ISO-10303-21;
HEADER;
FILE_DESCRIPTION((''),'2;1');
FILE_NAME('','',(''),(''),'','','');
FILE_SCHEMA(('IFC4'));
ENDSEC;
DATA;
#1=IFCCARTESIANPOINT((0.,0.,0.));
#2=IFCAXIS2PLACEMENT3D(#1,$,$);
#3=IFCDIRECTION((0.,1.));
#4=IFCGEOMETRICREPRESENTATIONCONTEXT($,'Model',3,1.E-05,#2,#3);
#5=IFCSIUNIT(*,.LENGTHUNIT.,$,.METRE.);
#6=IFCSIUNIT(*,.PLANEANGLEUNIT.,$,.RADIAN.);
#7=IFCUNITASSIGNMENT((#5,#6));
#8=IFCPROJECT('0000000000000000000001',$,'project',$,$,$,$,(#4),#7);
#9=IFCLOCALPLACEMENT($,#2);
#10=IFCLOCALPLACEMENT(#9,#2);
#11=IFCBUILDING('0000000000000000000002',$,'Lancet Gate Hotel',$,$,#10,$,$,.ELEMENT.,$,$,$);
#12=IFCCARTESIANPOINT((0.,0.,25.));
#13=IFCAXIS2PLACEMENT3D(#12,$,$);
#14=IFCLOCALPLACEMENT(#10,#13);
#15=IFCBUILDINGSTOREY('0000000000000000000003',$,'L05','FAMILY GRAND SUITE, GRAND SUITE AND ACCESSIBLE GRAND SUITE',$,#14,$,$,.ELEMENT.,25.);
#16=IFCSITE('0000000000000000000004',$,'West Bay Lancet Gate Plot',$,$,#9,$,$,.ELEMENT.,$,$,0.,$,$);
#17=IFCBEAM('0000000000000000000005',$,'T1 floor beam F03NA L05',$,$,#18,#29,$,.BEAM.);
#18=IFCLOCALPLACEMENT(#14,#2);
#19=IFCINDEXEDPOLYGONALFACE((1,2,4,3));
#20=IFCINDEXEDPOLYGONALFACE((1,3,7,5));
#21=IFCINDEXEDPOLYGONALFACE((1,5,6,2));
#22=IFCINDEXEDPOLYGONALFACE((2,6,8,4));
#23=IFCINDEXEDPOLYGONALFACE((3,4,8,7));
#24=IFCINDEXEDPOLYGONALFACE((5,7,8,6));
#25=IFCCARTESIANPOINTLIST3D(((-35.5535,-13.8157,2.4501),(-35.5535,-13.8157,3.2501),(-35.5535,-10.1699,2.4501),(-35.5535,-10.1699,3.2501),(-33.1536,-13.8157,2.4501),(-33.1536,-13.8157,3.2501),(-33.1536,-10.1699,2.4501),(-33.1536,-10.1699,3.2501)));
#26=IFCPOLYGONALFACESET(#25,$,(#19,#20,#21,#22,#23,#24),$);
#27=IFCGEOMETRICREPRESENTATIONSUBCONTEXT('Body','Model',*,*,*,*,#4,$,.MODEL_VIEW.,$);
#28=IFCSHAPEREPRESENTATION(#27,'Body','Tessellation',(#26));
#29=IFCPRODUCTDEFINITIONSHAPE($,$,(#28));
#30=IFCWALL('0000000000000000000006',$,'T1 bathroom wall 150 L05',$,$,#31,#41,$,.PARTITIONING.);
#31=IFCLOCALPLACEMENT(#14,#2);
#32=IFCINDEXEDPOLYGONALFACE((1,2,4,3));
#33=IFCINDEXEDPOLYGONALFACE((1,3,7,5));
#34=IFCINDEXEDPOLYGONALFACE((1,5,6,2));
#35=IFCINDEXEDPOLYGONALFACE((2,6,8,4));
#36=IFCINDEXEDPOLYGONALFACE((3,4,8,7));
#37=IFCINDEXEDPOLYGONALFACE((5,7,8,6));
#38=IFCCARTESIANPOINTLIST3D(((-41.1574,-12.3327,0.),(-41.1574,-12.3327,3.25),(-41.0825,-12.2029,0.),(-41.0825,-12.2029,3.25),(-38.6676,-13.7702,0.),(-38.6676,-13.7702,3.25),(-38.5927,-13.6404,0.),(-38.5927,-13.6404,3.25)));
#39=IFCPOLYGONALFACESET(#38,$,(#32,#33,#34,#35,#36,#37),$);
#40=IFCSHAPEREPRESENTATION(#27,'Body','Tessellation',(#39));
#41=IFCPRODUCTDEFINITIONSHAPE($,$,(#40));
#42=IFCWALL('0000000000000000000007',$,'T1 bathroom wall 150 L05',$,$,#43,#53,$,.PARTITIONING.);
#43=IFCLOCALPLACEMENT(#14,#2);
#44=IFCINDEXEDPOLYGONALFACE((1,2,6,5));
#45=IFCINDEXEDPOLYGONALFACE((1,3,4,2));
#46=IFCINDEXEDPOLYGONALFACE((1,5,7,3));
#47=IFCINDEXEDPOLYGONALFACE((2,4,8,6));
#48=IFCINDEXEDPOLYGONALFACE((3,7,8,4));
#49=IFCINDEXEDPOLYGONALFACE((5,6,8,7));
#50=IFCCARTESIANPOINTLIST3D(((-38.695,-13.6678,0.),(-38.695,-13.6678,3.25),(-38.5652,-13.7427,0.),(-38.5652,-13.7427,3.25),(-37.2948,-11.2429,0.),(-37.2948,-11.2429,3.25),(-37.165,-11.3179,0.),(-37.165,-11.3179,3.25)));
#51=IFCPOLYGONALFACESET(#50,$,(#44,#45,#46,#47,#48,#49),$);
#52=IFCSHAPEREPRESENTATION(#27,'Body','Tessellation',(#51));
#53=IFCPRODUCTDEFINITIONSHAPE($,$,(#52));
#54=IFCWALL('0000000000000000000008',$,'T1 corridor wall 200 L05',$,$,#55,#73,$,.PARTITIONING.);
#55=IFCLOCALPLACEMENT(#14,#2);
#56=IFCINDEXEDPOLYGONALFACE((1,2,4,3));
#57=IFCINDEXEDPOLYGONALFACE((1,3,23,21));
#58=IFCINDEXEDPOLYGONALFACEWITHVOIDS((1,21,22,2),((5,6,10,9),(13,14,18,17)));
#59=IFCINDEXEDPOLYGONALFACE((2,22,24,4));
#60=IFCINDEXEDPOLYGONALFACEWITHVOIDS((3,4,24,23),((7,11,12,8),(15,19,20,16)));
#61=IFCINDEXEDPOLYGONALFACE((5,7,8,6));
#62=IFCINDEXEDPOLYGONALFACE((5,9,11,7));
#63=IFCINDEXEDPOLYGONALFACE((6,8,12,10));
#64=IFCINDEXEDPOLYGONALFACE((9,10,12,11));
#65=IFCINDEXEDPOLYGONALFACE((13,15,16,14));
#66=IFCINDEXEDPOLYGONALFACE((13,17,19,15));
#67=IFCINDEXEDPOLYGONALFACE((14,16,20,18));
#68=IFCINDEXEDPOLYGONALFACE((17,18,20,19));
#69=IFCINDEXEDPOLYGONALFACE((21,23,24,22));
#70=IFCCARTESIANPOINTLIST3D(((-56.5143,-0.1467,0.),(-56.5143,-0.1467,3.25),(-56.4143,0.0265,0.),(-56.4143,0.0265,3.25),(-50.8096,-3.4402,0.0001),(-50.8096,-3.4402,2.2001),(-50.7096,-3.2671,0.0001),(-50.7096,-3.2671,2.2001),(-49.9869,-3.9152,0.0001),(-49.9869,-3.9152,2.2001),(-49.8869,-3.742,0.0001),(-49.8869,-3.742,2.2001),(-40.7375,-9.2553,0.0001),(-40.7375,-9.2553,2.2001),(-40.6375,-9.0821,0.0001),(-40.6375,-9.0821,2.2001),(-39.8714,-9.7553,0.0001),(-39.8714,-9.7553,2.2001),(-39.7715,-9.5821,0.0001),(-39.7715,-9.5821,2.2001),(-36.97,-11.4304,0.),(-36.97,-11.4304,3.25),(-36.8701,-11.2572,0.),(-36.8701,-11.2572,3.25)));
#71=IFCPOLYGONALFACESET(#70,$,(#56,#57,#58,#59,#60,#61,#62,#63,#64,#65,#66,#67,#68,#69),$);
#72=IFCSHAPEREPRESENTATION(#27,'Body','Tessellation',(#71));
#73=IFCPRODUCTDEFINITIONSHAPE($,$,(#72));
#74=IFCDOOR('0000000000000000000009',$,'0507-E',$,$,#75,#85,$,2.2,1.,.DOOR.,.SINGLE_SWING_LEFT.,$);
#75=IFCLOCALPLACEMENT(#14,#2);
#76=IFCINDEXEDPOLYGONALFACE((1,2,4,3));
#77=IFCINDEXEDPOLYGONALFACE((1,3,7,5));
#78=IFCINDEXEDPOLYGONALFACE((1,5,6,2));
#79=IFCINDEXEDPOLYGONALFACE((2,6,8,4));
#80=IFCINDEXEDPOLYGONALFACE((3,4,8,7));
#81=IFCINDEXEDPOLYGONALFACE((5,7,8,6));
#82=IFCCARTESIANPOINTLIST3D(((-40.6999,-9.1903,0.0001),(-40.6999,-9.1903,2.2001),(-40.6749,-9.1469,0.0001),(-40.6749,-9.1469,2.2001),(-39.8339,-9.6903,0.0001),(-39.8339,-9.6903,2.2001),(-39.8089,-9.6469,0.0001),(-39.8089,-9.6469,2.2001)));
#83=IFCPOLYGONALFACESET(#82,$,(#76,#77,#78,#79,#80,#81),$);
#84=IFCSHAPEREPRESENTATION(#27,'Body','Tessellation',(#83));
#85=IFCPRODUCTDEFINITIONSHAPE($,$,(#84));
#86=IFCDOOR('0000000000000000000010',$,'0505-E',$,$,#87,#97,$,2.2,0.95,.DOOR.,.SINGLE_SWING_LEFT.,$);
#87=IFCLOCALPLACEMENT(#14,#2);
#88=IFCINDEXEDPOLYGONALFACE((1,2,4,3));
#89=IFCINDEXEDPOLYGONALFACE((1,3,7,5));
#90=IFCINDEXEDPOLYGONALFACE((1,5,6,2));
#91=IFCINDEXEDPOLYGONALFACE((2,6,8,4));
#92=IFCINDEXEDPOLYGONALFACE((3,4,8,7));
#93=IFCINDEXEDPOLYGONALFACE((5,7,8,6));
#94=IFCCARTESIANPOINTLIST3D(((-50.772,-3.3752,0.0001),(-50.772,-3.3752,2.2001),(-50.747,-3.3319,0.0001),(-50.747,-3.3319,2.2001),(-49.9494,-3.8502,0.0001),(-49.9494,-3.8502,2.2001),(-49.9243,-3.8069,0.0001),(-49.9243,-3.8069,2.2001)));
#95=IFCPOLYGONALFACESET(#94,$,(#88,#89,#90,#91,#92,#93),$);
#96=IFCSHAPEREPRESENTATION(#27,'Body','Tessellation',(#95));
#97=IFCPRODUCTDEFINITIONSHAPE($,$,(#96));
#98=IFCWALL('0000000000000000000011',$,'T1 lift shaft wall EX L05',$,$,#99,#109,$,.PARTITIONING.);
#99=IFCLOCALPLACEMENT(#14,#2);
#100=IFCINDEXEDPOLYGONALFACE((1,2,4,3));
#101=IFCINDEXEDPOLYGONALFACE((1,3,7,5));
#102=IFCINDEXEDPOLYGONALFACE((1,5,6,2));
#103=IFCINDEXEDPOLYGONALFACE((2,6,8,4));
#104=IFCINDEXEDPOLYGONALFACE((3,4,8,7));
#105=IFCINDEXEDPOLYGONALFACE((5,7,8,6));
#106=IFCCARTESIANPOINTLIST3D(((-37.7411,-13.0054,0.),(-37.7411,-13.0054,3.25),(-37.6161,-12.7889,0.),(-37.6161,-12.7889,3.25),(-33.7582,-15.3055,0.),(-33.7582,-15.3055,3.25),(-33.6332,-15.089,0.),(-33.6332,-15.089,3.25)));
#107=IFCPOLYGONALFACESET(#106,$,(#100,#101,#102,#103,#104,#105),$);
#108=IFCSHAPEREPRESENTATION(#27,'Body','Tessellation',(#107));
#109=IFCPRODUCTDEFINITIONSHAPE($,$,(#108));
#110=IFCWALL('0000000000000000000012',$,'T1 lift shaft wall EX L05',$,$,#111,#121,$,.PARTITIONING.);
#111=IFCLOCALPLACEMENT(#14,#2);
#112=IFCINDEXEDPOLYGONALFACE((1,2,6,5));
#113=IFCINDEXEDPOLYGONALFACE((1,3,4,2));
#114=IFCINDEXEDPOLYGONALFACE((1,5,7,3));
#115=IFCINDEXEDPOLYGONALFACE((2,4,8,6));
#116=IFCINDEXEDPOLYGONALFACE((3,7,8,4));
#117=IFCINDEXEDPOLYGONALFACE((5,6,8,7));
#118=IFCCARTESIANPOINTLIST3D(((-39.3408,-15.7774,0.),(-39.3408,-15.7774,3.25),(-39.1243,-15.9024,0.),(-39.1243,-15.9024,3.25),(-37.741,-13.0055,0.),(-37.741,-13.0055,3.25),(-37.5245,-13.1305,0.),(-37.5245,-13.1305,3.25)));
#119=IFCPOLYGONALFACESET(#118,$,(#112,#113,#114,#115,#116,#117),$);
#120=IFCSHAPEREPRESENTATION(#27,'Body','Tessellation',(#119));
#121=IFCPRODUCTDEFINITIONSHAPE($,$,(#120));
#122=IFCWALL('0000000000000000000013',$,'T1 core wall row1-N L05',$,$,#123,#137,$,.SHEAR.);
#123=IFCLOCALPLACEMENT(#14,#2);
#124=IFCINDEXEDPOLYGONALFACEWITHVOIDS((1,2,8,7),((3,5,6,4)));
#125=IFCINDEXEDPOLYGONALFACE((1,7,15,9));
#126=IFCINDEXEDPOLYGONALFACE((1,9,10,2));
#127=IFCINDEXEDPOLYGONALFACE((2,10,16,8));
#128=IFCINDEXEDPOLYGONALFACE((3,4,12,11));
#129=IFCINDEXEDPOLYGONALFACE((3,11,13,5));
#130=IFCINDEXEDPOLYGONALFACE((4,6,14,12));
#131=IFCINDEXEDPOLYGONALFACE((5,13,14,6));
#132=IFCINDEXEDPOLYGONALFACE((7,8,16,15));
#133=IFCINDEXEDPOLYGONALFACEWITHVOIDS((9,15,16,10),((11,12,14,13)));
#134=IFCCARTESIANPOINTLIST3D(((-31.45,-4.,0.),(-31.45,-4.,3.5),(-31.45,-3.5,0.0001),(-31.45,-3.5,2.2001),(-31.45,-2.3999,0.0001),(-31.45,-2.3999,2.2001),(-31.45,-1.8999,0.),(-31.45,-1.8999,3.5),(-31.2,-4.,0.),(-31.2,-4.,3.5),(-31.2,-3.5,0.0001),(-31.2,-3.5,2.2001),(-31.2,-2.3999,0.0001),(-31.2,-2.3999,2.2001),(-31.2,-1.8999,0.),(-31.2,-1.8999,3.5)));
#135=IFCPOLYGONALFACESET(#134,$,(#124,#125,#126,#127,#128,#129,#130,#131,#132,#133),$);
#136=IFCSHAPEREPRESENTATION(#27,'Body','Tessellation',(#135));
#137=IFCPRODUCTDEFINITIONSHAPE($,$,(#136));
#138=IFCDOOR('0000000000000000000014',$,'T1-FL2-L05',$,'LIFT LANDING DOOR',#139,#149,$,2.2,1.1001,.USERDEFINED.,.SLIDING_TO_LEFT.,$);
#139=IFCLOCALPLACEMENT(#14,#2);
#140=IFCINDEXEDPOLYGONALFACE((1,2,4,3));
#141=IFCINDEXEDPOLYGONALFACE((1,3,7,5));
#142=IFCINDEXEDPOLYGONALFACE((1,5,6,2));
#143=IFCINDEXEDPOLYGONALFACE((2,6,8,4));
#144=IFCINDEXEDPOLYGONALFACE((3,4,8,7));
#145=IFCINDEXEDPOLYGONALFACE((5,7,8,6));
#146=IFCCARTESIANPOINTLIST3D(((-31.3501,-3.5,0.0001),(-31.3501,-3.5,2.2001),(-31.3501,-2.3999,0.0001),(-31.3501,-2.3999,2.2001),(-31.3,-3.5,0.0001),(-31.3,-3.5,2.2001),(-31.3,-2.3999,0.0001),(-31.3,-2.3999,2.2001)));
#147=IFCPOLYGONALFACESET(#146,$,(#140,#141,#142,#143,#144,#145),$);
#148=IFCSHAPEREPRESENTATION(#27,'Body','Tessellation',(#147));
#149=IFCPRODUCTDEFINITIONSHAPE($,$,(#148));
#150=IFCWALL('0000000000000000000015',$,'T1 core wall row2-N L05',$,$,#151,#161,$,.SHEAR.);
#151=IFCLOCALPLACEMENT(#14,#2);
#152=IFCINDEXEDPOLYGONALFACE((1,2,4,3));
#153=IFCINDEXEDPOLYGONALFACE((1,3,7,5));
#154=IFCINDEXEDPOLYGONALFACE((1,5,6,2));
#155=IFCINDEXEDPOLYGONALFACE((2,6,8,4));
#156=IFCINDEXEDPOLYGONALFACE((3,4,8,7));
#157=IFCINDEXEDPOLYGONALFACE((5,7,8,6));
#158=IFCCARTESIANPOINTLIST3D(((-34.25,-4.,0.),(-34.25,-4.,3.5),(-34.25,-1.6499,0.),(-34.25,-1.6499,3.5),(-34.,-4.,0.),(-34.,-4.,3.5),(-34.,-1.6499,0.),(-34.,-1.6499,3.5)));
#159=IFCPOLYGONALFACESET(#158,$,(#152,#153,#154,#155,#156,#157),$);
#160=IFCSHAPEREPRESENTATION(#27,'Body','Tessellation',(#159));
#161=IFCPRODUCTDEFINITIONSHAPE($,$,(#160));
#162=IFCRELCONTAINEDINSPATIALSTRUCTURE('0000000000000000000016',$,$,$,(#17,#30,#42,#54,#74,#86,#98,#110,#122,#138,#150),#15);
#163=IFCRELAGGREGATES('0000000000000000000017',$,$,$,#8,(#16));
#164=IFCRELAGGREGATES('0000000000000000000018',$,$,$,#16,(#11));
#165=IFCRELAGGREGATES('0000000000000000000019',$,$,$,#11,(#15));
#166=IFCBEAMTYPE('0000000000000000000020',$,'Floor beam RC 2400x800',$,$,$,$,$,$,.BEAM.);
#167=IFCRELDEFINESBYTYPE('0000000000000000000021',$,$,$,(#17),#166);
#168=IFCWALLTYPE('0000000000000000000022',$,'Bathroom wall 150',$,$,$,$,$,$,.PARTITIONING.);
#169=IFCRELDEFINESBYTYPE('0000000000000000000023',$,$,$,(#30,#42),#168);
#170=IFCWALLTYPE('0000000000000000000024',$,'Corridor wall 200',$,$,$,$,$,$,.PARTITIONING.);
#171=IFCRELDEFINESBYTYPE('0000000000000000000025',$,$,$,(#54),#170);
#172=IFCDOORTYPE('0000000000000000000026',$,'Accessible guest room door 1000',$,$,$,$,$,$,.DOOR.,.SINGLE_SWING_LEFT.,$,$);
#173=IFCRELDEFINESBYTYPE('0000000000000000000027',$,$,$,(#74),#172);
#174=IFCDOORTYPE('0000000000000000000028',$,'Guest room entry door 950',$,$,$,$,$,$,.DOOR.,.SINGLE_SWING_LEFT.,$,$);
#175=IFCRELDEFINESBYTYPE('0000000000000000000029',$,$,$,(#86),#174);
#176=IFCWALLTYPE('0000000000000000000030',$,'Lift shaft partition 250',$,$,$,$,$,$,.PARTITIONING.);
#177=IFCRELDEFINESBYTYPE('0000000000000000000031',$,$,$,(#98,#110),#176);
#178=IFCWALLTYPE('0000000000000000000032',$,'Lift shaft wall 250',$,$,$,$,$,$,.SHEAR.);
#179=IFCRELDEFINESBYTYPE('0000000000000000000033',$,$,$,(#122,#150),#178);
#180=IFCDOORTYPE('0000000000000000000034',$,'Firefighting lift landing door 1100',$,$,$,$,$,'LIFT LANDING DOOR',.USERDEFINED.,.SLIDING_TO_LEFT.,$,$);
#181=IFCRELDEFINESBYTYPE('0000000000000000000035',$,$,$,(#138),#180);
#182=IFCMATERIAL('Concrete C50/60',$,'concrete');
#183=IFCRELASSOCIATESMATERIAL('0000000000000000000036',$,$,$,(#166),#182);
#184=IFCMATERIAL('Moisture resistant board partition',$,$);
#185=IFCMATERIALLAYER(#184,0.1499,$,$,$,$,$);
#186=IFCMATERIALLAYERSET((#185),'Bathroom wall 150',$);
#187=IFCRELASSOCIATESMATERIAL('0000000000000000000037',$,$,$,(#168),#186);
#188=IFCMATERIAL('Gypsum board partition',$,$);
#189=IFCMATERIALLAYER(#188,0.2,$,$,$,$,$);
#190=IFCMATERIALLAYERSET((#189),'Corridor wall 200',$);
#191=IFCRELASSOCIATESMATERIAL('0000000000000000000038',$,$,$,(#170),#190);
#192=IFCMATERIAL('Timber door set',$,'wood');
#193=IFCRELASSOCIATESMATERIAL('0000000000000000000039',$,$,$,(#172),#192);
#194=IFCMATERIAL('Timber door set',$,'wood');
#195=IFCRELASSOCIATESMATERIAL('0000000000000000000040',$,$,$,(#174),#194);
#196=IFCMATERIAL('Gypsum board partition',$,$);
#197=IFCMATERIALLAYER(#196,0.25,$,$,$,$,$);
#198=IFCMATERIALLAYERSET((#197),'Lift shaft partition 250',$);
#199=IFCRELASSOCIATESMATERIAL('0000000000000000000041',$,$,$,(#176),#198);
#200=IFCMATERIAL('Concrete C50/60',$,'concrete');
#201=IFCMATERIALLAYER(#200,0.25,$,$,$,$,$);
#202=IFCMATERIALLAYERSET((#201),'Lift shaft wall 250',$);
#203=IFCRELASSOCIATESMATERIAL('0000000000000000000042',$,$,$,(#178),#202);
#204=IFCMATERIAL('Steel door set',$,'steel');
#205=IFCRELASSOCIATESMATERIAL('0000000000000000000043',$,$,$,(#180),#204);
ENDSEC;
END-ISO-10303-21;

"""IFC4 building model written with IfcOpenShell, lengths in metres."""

from ifc_helpers import new_model, si_unit, direction, frame, frame_2d, origin, origin_2d, place, context, subcontext, project, spatial, rectangle, extrude, material, layer, layer_set, material_profile, profile_set, type_object, element, fill, save


model = new_model("IFC4")

# Units and contexts
model_context = context("Model", 3, precision=1e-05, world=origin(), true_north=direction((0.0, 1.0)))
body_context = subcontext(model_context, "Body", "Model", "MODEL_VIEW")
ifc_project = project(units=[si_unit("LENGTHUNIT", "METRE"), si_unit("PLANEANGLEUNIT", "RADIAN")], contexts=[model_context])

# Site, building, storey
site_placement = place(None, origin())
site = spatial("IfcSite", under=ifc_project, at=site_placement, Name="West Bay Lancet Gate Plot", CompositionType="ELEMENT", RefElevation=0.0)
building_placement = place(site_placement, origin())
building = spatial("IfcBuilding", under=site, at=building_placement, Name="Lancet Gate Hotel", CompositionType="ELEMENT")
storey_placement = place(building_placement, frame((0.0, 0.0, 25.0)))
storey = spatial("IfcBuildingStorey", under=building, at=storey_placement, Name="L05", Description="FAMILY GRAND SUITE, GRAND SUITE AND ACCESSIBLE GRAND SUITE", CompositionType="ELEMENT", Elevation=25.0)

# Beam
ifc_material_1 = material(Name="Concrete C50/60", Category="concrete")
ifc_material_profile = material_profile(ifc_material_1, rectangle(XDim=2.3999, YDim=0.8, at=origin_2d()), Name="RC 2400x800")
ifc_profile_set = profile_set([ifc_material_profile], Name="Concrete C50/60")
beam_type = type_object("IfcBeamType", Name="Floor beam RC 2400x800", PredefinedType="BEAM", material=ifc_profile_set)
beam_placement = place(storey_placement, frame((-34.3535, -10.1699, 2.8501), z_axis=(0.0, -1.0, 0.0), x_axis=(1.0, 0.0, 0.0)))
element("IfcBeam", 1, at=beam_placement, inside=storey, type_object=beam_type, Name="T1 floor beam F03NA L05", PredefinedType="BEAM", context=body_context, shape_type="SweptSolid", body=[
    extrude(rectangle(XDim=2.3999, YDim=0.8, at=origin_2d()), origin(), (0.0, 0.0, 1.0), 3.6458),
])

# Walls
ifc_material_2 = material(Name="Moisture resistant board partition")
ifc_layer_1 = layer(ifc_material_2, 0.1499)
ifc_layer_set_1 = layer_set([ifc_layer_1], Name="Bathroom wall 150")
wall_type_1 = type_object("IfcWallType", Name="Bathroom wall 150", PredefinedType="PARTITIONING", material=ifc_layer_set_1)
wall_1_placement = place(storey_placement, frame((-38.6301, -13.7053, 0.0), z_axis=(0.0, 0.0, 1.0), x_axis=(-0.866019, 0.500012, 0.0)))
element("IfcWall", 2, at=wall_1_placement, inside=storey, type_object=wall_type_1, Name="T1 bathroom wall 150 L05", PredefinedType="PARTITIONING", context=body_context, shape_type="SweptSolid", body=[
    extrude(rectangle(XDim=2.875, YDim=0.1499, at=frame_2d((1.4375, 0.0))), origin(), (0.0, 0.0, 1.0), 3.25),
])
wall_2_placement = place(storey_placement, frame((-37.23, -11.2805, 0.0), z_axis=(0.0, 0.0, 1.0), x_axis=(-0.50005, -0.865997, 0.0)))
element("IfcWall", 3, at=wall_2_placement, inside=storey, type_object=wall_type_1, Name="T1 bathroom wall 150 L05", PredefinedType="PARTITIONING", context=body_context, shape_type="SweptSolid", body=[
    extrude(rectangle(XDim=2.8, YDim=0.1499, at=frame_2d((1.3999, 0.0))), origin(), (0.0, 0.0, 1.0), 3.25),
])

# Wall, openings, doors
ifc_material_3 = material(Name="Gypsum board partition")
ifc_layer_2 = layer(ifc_material_3, 0.2)
ifc_layer_set_2 = layer_set([ifc_layer_2], Name="Corridor wall 200")
wall_type_2 = type_object("IfcWallType", Name="Corridor wall 200", PredefinedType="PARTITIONING", material=ifc_layer_set_2)
wall_3_placement = place(storey_placement, frame((-36.9202, -11.3438, 0.0), z_axis=(0.0, 0.0, 1.0), x_axis=(-0.866028, 0.499995, 0.0)))
wall_3 = element("IfcWall", 4, at=wall_3_placement, inside=storey, type_object=wall_type_2, Name="T1 corridor wall 200 L05", PredefinedType="PARTITIONING", context=body_context, shape_type="SweptSolid", body=[
    extrude(rectangle(XDim=22.5676, YDim=0.2, at=frame_2d((11.2837, 0.0))), origin(), (0.0, 0.0, 1.0), 3.25),
])
opening_1_placement = place(wall_3_placement, frame((15.0303, 0.0, 0.0)))
opening_1 = element("IfcOpeningElement", 5, at=opening_1_placement, cuts=wall_3, PredefinedType="OPENING", context=body_context, shape_type="SweptSolid", body=[
    extrude(rectangle(XDim=0.95, YDim=2.2, at=frame_2d((0.4751, 1.1001))), frame((0.0, 0.1099, 0.0), z_axis=(0.0, -1.0, 0.0), x_axis=(1.0, 0.0, 0.0)), (0.0, 0.0, 1.0), 0.22),
])
opening_2_placement = place(wall_3_placement, frame((3.3501, 0.0, 0.0)))
opening_2 = element("IfcOpeningElement", 6, at=opening_2_placement, cuts=wall_3, PredefinedType="OPENING", context=body_context, shape_type="SweptSolid", body=[
    extrude(rectangle(XDim=1.0, YDim=2.2, at=frame_2d((0.5, 1.1001))), frame((0.0, 0.1099, 0.0), z_axis=(0.0, -1.0, 0.0), x_axis=(1.0, 0.0, 0.0)), (0.0, 0.0, 1.0), 0.22),
])
ifc_material_4 = material(Name="Timber door set", Category="wood")
door_type_1 = type_object("IfcDoorType", Name="Accessible guest room door 1000", OperationType="SINGLE_SWING_LEFT", PredefinedType="DOOR", material=ifc_material_4)
door_1_placement = place(opening_2_placement, origin())
door_1 = element("IfcDoor", 7, at=door_1_placement, inside=storey, type_object=door_type_1, Name="0507-E", OperationType="SINGLE_SWING_LEFT", OverallHeight=2.2, OverallWidth=1.0, PredefinedType="DOOR", context=body_context, shape_type="SweptSolid", body=[
    extrude(rectangle(XDim=1.0, YDim=2.2, at=frame_2d((0.5, 1.1001))), frame((0.0, 0.0249, 0.0), z_axis=(0.0, -1.0, 0.0), x_axis=(1.0, 0.0, 0.0)), (0.0, 0.0, 1.0), 0.05),
])
fill(opening_2, door_1)
ifc_material_5 = material(Name="Timber door set", Category="wood")
door_type_2 = type_object("IfcDoorType", Name="Guest room entry door 950", OperationType="SINGLE_SWING_LEFT", PredefinedType="DOOR", material=ifc_material_5)
door_2_placement = place(opening_1_placement, origin())
door_2 = element("IfcDoor", 8, at=door_2_placement, inside=storey, type_object=door_type_2, Name="0505-E", OperationType="SINGLE_SWING_LEFT", OverallHeight=2.2, OverallWidth=0.95, PredefinedType="DOOR", context=body_context, shape_type="SweptSolid", body=[
    extrude(rectangle(XDim=0.95, YDim=2.2, at=frame_2d((0.4751, 1.1001))), frame((0.0, 0.0249, 0.0), z_axis=(0.0, -1.0, 0.0), x_axis=(1.0, 0.0, 0.0)), (0.0, 0.0, 1.0), 0.05),
])
fill(opening_1, door_2)

# Walls
ifc_material_6 = material(Name="Gypsum board partition")
ifc_layer_3 = layer(ifc_material_6, 0.25)
ifc_layer_set_3 = layer_set([ifc_layer_3], Name="Lift shaft partition 250")
wall_type_3 = type_object("IfcWallType", Name="Lift shaft partition 250", PredefinedType="PARTITIONING", material=ifc_layer_set_3)
wall_4_placement = place(storey_placement, frame((-33.6956, -15.1973, 0.0), z_axis=(0.0, 0.0, 1.0), x_axis=(-0.865977, 0.500084, 0.0)))
element("IfcWall", 9, at=wall_4_placement, inside=storey, type_object=wall_type_3, Name="T1 lift shaft wall EX L05", PredefinedType="PARTITIONING", context=body_context, shape_type="SweptSolid", body=[
    extrude(rectangle(XDim=4.5994, YDim=0.25, at=frame_2d((2.2998, 0.0))), origin(), (0.0, 0.0, 1.0), 3.25),
])
wall_5_placement = place(storey_placement, frame((-37.6328, -13.0681, 0.0), z_axis=(0.0, 0.0, 1.0), x_axis=(-0.499872, -0.866099, 0.0)))
element("IfcWall", 10, at=wall_5_placement, inside=storey, type_object=wall_type_3, Name="T1 lift shaft wall EX L05", PredefinedType="PARTITIONING", context=body_context, shape_type="SweptSolid", body=[
    extrude(rectangle(XDim=3.2004, YDim=0.25, at=frame_2d((1.6001, 0.0))), origin(), (0.0, 0.0, 1.0), 3.25),
])

# Wall, opening, door
ifc_material_7 = material(Name="Concrete C50/60", Category="concrete")
ifc_layer_4 = layer(ifc_material_7, 0.25)
ifc_layer_set_4 = layer_set([ifc_layer_4], Name="Lift shaft wall 250")
wall_type_4 = type_object("IfcWallType", Name="Lift shaft wall 250", PredefinedType="SHEAR", material=ifc_layer_set_4)
wall_6_placement = place(storey_placement, frame((-31.325, -1.8999, 0.0), z_axis=(0.0, 0.0, 1.0), x_axis=(0.0, -1.0, 0.0)))
wall_6 = element("IfcWall", 11, at=wall_6_placement, inside=storey, type_object=wall_type_4, Name="T1 core wall row1-N L05", PredefinedType="SHEAR", context=body_context, shape_type="SweptSolid", body=[
    extrude(rectangle(XDim=2.1001, YDim=0.25, at=frame_2d((1.05, 0.0))), origin(), (0.0, 0.0, 1.0), 3.5),
])
opening_3_placement = place(wall_6_placement, frame((0.5, 0.0, 0.0)))
opening_3 = element("IfcOpeningElement", 12, at=opening_3_placement, cuts=wall_6, PredefinedType="OPENING", context=body_context, shape_type="SweptSolid", body=[
    extrude(rectangle(XDim=1.1001, YDim=2.2, at=frame_2d((0.55, 1.1001))), frame((0.0, 0.135, 0.0), z_axis=(0.0, -1.0, 0.0), x_axis=(1.0, 0.0, 0.0)), (0.0, 0.0, 1.0), 0.27),
])
ifc_material_8 = material(Name="Steel door set", Category="steel")
door_type_3 = type_object("IfcDoorType", Name="Firefighting lift landing door 1100", ElementType="LIFT LANDING DOOR", OperationType="SLIDING_TO_LEFT", PredefinedType="USERDEFINED", material=ifc_material_8)
door_3_placement = place(opening_3_placement, origin())
door_3 = element("IfcDoor", 13, at=door_3_placement, inside=storey, type_object=door_type_3, Name="T1-FL2-L05", ObjectType="LIFT LANDING DOOR", OperationType="SLIDING_TO_LEFT", OverallHeight=2.2, OverallWidth=1.1001, PredefinedType="USERDEFINED", context=body_context, shape_type="SweptSolid", body=[
    extrude(rectangle(XDim=1.1001, YDim=2.2, at=frame_2d((0.55, 1.1001))), frame((0.0, 0.0249, 0.0), z_axis=(0.0, -1.0, 0.0), x_axis=(1.0, 0.0, 0.0)), (0.0, 0.0, 1.0), 0.05),
])
fill(opening_3, door_3)

# Wall
wall_7_placement = place(storey_placement, frame((-34.125, -1.6499, 0.0), z_axis=(0.0, 0.0, 1.0), x_axis=(0.0, -1.0, 0.0)))
element("IfcWall", 14, at=wall_7_placement, inside=storey, type_object=wall_type_4, Name="T1 core wall row2-N L05", PredefinedType="SHEAR", context=body_context, shape_type="SweptSolid", body=[
    extrude(rectangle(XDim=2.3501, YDim=0.25, at=frame_2d((1.175, 0.0))), origin(), (0.0, 0.0, 1.0), 3.5),
])

save(model, "model.ifc")
